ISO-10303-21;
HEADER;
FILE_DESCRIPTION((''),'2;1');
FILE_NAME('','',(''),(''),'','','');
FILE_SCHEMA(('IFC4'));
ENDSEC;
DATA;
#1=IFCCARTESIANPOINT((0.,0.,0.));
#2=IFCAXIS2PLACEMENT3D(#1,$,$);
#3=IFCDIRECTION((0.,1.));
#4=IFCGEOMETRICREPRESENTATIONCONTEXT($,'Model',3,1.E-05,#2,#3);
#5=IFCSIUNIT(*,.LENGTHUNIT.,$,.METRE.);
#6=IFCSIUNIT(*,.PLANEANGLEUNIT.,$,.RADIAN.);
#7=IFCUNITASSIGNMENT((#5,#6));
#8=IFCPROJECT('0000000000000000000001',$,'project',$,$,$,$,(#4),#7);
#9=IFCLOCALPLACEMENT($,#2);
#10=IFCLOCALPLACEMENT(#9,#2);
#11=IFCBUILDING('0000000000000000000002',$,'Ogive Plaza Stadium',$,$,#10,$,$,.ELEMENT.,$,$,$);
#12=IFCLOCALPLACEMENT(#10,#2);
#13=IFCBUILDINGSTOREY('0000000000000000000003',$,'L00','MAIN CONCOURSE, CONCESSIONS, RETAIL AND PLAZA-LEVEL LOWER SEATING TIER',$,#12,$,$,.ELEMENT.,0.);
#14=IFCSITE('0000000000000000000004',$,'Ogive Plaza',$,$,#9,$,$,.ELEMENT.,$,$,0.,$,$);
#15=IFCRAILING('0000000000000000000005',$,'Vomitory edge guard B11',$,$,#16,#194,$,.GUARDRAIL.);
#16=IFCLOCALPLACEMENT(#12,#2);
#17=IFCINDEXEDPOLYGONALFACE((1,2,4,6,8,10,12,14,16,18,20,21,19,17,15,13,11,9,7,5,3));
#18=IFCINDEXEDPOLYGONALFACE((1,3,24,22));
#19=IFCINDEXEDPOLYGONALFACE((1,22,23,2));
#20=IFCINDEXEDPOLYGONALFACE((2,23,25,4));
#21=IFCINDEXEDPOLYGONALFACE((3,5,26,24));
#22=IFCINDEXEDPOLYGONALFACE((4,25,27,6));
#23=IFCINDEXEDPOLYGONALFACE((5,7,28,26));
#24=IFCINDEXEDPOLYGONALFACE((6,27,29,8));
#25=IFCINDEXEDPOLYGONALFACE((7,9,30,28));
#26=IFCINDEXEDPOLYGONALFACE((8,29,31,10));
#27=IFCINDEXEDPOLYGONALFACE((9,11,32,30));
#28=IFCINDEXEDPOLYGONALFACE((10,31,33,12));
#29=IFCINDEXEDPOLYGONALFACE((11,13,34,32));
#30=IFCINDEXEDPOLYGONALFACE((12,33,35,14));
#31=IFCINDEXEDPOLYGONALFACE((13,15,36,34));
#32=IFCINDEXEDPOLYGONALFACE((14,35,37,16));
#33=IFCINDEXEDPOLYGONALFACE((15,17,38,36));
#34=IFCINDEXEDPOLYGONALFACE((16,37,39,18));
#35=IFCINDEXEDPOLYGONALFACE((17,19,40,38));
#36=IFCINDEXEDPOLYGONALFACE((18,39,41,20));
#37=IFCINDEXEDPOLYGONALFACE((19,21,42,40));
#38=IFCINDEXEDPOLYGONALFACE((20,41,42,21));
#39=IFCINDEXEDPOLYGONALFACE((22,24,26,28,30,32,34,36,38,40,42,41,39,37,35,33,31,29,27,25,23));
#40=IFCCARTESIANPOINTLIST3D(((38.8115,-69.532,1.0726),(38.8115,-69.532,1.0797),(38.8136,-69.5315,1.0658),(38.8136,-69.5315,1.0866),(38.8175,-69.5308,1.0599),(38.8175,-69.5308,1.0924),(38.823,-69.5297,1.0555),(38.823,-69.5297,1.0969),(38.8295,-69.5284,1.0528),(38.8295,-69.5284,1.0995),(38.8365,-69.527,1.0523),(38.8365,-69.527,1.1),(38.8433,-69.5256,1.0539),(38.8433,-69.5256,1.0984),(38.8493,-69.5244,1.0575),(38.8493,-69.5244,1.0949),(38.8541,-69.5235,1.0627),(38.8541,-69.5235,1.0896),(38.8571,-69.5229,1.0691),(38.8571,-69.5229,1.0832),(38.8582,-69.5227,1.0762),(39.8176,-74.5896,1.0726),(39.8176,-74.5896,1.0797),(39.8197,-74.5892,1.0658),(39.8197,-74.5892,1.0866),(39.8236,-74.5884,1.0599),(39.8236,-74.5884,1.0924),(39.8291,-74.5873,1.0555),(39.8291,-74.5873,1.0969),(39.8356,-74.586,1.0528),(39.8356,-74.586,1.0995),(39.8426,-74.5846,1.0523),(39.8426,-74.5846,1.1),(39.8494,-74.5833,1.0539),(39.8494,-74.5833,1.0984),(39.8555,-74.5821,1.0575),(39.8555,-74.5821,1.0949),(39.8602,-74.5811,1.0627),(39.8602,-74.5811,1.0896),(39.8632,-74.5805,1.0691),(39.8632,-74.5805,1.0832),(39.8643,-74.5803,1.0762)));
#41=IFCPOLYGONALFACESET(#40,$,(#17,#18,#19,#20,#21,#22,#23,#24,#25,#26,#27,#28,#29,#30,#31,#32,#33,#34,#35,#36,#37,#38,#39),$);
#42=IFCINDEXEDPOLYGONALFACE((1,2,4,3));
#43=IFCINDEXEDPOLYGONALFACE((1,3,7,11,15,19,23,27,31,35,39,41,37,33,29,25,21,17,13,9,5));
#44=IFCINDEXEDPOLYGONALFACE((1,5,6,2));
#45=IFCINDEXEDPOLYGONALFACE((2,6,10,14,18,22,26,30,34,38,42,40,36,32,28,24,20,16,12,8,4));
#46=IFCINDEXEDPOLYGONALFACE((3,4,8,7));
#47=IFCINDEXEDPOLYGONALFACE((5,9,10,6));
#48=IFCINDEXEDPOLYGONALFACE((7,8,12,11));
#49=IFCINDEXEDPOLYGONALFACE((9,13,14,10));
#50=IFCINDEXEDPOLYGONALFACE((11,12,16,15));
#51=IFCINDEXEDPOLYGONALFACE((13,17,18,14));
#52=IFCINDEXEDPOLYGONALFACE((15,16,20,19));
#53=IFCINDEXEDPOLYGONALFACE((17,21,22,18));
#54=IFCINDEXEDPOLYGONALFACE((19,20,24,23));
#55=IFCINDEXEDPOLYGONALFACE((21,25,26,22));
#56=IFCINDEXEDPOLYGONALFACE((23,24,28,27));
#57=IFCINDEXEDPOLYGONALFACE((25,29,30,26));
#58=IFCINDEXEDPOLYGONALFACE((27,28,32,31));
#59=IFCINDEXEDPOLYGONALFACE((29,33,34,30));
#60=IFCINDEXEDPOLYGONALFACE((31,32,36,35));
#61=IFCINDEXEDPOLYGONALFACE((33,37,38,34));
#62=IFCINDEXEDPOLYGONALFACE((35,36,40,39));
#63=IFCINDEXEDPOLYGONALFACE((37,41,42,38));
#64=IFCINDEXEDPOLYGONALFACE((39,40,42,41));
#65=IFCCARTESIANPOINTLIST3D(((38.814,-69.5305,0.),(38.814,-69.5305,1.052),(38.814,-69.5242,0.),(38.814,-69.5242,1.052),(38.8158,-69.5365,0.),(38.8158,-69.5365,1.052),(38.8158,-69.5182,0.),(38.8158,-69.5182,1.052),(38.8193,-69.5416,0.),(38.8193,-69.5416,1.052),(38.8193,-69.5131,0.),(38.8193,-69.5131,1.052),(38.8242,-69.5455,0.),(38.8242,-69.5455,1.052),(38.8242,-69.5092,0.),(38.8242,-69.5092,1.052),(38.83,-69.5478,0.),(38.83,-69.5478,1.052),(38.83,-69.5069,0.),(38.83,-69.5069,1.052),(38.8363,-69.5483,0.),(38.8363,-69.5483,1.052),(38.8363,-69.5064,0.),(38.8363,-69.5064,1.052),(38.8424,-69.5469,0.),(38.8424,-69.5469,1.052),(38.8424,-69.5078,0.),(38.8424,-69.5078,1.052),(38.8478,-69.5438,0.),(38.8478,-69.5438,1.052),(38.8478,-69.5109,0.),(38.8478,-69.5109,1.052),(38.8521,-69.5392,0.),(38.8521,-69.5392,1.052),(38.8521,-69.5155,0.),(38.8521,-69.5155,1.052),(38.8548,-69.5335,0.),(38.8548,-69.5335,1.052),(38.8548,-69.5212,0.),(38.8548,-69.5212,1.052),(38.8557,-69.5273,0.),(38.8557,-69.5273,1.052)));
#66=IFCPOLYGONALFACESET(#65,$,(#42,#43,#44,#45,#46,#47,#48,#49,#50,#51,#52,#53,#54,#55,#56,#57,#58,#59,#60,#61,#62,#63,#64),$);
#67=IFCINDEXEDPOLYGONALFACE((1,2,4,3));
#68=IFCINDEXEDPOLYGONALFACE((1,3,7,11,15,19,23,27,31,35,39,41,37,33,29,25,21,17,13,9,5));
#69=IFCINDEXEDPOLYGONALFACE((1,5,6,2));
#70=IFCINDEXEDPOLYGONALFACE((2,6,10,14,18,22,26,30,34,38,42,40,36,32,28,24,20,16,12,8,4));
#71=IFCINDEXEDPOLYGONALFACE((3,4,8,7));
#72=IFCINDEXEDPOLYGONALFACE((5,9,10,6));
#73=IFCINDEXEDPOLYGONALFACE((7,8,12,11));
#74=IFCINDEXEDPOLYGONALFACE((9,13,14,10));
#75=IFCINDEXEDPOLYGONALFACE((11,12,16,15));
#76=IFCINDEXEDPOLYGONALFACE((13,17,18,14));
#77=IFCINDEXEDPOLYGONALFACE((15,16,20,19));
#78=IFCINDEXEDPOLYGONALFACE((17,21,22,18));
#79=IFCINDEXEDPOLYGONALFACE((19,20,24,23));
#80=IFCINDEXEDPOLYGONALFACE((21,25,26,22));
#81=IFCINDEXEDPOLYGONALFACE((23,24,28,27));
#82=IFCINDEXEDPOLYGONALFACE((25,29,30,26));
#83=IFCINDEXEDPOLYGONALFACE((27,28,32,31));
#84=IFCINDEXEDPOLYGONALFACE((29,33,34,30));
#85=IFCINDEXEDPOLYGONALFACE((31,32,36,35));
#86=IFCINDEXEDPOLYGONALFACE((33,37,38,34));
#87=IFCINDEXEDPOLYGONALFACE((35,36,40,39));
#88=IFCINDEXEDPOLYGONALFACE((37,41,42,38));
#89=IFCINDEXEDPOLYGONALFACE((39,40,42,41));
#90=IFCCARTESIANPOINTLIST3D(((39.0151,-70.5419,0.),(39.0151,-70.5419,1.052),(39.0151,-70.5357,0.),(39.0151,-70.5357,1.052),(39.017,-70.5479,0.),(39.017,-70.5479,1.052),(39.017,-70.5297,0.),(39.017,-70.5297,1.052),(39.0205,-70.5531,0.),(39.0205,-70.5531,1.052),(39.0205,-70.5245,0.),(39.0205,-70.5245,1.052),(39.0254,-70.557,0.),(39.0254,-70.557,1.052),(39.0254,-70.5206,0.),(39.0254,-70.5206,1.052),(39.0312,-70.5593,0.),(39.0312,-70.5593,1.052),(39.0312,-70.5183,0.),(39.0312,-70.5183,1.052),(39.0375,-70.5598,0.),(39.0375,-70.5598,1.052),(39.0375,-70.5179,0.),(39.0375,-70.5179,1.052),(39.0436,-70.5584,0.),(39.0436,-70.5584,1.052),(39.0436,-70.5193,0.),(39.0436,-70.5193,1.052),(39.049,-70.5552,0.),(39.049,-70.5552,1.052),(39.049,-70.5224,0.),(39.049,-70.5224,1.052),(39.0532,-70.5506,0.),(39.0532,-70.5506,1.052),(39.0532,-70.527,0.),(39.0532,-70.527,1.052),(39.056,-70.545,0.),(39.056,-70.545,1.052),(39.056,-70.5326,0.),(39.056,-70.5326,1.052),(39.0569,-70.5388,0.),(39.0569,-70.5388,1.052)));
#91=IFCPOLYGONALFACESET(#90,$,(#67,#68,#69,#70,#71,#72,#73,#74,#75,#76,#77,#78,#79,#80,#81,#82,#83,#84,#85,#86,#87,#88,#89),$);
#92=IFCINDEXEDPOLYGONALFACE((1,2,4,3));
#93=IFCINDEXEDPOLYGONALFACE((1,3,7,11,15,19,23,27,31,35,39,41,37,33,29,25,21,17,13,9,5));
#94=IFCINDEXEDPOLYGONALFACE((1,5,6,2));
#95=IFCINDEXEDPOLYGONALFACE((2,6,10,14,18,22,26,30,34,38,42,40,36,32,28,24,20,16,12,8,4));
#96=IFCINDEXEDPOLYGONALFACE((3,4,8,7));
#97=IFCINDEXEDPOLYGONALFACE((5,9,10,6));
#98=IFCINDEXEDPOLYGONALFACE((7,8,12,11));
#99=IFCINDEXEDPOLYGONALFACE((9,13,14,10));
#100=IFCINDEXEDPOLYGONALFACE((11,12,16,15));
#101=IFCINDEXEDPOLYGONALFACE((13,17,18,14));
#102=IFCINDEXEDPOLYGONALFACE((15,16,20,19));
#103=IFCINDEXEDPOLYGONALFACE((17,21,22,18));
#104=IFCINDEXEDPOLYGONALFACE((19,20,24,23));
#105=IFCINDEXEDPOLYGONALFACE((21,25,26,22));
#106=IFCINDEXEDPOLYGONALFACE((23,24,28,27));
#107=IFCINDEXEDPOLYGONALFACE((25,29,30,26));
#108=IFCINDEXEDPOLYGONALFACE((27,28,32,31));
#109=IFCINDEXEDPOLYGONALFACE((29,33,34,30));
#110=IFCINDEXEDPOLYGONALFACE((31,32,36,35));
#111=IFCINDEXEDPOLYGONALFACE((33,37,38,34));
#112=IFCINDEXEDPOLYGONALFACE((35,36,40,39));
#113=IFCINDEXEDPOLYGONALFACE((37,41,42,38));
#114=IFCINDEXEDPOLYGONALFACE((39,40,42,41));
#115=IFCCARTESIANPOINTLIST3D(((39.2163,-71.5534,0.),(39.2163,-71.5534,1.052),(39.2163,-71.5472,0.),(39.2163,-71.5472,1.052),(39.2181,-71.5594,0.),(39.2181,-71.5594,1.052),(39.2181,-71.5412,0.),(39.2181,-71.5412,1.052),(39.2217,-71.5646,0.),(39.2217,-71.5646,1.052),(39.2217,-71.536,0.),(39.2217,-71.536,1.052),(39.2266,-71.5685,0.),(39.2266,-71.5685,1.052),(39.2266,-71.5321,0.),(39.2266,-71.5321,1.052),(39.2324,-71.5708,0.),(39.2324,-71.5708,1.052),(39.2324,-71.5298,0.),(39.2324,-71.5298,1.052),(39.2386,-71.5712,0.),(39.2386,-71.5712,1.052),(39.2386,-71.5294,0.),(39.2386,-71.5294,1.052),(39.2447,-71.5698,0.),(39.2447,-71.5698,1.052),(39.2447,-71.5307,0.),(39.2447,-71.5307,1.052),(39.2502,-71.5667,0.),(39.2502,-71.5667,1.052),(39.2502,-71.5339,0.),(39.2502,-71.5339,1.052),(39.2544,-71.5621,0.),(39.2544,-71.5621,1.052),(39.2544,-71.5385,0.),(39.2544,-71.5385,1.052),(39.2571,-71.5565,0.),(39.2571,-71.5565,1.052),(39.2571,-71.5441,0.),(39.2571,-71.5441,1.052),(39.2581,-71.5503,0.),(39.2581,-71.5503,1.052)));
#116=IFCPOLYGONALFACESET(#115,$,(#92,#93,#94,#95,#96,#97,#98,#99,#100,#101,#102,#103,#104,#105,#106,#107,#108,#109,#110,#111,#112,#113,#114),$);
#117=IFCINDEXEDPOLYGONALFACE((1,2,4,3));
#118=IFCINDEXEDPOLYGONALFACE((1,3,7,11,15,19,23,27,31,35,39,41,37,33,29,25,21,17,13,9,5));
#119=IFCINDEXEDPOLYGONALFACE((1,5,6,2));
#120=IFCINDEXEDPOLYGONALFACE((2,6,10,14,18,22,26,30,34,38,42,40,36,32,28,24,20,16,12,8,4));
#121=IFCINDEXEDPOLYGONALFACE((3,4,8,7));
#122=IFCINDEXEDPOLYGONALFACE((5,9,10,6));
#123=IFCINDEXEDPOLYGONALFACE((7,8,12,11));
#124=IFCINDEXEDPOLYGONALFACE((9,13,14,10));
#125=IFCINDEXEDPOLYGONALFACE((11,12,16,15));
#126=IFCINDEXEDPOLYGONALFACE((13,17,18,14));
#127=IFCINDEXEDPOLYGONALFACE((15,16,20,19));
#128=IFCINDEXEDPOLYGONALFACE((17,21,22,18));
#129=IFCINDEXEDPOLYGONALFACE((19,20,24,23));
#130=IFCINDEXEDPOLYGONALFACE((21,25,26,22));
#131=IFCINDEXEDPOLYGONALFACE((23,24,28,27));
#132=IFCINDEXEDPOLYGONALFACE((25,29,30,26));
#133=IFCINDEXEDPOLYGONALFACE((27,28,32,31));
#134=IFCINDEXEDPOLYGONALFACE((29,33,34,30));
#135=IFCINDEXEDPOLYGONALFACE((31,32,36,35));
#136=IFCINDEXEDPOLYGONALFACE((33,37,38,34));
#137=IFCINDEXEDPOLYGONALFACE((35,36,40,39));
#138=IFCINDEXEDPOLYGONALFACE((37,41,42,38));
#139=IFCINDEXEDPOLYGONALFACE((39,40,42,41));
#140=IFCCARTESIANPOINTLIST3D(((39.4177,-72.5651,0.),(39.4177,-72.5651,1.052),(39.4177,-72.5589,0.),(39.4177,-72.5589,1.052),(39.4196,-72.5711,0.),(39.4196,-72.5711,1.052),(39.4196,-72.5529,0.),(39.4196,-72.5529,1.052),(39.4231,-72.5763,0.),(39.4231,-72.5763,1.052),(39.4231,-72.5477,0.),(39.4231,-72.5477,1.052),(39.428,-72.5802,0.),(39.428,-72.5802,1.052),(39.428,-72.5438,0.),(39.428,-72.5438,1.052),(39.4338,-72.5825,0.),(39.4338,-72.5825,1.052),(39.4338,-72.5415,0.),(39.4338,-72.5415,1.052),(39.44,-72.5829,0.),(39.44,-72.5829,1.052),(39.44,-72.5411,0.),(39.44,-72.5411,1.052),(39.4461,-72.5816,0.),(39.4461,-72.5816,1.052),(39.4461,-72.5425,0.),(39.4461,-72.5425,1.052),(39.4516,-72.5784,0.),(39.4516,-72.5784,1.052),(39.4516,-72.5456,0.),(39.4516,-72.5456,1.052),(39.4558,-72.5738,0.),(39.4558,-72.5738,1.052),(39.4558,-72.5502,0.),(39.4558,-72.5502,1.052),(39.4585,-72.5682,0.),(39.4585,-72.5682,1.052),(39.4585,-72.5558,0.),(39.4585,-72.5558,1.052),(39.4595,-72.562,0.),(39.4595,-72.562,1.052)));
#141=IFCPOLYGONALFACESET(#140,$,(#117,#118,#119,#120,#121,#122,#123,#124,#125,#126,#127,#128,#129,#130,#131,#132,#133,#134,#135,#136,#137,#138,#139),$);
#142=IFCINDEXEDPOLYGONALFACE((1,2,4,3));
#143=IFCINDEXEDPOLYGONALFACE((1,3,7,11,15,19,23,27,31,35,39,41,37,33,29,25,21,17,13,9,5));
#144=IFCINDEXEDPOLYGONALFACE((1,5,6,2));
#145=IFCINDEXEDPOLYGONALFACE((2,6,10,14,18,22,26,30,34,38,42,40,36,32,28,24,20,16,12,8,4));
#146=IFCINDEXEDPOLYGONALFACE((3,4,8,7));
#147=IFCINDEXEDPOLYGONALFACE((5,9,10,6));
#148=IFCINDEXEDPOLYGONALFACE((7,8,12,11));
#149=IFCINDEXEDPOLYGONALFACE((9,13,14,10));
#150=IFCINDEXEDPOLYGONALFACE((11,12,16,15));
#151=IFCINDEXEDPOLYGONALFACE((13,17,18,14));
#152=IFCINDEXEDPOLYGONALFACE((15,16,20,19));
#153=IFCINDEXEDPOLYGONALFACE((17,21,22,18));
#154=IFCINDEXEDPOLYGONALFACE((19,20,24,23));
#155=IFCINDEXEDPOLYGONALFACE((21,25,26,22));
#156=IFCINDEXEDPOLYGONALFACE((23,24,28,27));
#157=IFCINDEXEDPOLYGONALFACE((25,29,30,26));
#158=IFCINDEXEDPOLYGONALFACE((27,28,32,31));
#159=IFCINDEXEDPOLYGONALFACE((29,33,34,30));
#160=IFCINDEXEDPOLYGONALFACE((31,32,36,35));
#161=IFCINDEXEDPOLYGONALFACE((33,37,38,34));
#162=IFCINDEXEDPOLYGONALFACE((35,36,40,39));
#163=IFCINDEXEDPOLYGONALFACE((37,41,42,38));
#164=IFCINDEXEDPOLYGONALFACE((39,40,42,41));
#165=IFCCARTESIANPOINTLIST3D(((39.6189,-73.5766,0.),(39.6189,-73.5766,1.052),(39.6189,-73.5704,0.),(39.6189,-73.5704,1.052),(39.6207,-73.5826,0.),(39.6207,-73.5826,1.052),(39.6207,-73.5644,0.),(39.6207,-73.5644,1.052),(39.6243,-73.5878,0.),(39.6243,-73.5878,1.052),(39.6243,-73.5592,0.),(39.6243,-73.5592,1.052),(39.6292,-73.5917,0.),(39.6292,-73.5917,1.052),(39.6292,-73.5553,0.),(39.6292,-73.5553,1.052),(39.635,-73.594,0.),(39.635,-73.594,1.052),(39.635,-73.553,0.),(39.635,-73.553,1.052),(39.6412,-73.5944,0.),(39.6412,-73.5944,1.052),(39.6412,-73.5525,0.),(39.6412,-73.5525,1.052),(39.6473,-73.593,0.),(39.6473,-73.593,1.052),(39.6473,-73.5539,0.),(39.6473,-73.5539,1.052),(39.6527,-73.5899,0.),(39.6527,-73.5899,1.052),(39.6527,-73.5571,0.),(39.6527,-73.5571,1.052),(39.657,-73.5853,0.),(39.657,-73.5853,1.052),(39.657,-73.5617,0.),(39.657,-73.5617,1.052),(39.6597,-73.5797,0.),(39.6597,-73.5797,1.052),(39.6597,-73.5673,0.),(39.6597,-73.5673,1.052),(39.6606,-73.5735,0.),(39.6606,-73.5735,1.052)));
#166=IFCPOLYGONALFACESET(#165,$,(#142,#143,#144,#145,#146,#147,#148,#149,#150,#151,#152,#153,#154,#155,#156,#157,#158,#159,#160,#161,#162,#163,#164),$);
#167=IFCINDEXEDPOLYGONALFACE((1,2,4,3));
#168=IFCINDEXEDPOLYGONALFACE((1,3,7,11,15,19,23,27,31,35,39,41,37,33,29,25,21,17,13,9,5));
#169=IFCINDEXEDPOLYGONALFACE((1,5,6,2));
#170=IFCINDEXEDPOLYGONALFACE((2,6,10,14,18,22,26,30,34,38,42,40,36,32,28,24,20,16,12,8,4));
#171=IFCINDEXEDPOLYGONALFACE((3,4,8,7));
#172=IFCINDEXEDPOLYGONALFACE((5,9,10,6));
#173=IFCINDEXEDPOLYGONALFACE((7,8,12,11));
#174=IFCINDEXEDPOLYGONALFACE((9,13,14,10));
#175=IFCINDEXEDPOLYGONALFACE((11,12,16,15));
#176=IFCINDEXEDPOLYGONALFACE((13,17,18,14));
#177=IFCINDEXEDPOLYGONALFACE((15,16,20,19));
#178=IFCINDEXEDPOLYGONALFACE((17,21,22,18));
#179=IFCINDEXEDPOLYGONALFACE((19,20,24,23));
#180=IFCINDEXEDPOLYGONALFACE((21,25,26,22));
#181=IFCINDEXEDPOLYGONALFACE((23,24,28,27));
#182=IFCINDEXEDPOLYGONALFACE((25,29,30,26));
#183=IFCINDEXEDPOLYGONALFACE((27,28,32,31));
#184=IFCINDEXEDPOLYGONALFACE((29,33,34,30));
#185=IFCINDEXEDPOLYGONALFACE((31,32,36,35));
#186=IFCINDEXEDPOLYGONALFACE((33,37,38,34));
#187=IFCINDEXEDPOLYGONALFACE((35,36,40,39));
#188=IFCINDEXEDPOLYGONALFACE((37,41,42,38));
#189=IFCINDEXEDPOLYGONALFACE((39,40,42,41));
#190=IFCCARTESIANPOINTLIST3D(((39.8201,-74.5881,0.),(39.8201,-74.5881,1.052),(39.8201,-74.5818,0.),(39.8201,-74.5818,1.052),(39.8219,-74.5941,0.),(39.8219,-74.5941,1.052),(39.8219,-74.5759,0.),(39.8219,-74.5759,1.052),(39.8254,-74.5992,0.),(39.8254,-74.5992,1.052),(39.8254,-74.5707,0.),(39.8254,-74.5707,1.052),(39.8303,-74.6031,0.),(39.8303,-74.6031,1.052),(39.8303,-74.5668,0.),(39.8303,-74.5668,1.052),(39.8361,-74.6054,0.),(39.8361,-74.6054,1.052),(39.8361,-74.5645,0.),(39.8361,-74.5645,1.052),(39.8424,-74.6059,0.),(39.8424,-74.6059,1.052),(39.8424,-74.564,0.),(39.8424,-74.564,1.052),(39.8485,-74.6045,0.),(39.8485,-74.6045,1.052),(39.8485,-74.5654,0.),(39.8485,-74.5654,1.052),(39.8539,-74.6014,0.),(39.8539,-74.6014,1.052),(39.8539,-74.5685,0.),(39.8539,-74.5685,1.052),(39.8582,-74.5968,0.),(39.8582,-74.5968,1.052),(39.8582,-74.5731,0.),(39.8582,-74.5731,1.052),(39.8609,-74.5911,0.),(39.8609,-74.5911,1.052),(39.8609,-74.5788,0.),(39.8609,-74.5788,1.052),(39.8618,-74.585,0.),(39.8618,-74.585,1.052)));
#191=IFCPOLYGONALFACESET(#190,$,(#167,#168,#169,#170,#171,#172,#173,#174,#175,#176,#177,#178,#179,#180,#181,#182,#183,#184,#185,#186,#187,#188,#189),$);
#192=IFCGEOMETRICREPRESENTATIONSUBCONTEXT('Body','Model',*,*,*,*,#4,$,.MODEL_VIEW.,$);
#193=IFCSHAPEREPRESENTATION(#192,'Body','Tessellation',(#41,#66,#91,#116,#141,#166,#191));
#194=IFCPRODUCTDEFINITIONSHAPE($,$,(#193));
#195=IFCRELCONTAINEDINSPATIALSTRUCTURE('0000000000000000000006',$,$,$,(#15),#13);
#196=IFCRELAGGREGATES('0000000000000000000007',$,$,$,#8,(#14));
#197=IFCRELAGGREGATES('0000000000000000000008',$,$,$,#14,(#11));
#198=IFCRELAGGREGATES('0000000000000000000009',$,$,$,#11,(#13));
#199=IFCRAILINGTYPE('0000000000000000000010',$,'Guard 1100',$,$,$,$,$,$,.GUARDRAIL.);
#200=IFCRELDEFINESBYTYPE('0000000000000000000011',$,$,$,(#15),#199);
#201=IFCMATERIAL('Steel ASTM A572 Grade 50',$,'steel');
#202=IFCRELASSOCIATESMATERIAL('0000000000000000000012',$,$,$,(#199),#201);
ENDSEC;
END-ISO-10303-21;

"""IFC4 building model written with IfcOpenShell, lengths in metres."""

from ifc_helpers import new_model, si_unit, direction, frame, origin, origin_2d, place, context, subcontext, project, spatial, circle, extrude, material, type_object, element, save


model = new_model("IFC4")

# Units and contexts
model_context = context("Model", 3, precision=1e-05, world=origin(), true_north=direction((0.0, 1.0)))
body_context = subcontext(model_context, "Body", "Model", "MODEL_VIEW")
ifc_project = project(units=[si_unit("LENGTHUNIT", "METRE"), si_unit("PLANEANGLEUNIT", "RADIAN")], contexts=[model_context])

# Site, building, storey
site_placement = place(None, origin())
site = spatial("IfcSite", under=ifc_project, at=site_placement, Name="Ogive Plaza", CompositionType="ELEMENT", RefElevation=0.0)
building_placement = place(site_placement, origin())
building = spatial("IfcBuilding", under=site, at=building_placement, Name="Ogive Plaza Stadium", CompositionType="ELEMENT")
storey_placement = place(building_placement, origin())
storey = spatial("IfcBuildingStorey", under=building, at=storey_placement, Name="L00", Description="MAIN CONCOURSE, CONCESSIONS, RETAIL AND PLAZA-LEVEL LOWER SEATING TIER", CompositionType="ELEMENT", Elevation=0.0)

# Railing
ifc_material_1 = material(Name="Steel ASTM A572 Grade 50", Category="steel")
railing_type = type_object("IfcRailingType", Name="Guard 1100", PredefinedType="GUARDRAIL", material=ifc_material_1)
for number, where, name in (
    (1, (38.8347, -69.5273, 0.0), "Vomitory edge guard B11"),
):
    element("IfcRailing", number, at=place(storey_placement, frame(where)), inside=storey, type_object=railing_type, Name=name, PredefinedType="GUARDRAIL", context=body_context, shape_type="SweptSolid", body=[
        extrude(circle(Radius=0.0239, at=origin_2d()), frame((0.0, 0.0, 1.0762), z_axis=(0.195105, -0.980782, 0.0), x_axis=(0.980782, 0.195105, 0.0)), (0.0, 0.0, 1.0), 5.1567),
        extrude(circle(Radius=0.021, at=origin_2d()), origin(), (0.0, 0.0, 1.0), 1.052),
        extrude(circle(Radius=0.021, at=origin_2d()), frame((0.2012, -1.0115, 0.0)), (0.0, 0.0, 1.0), 1.052),
        extrude(circle(Radius=0.021, at=origin_2d()), frame((0.4023, -2.0229, 0.0)), (0.0, 0.0, 1.0), 1.052),
        extrude(circle(Radius=0.021, at=origin_2d()), frame((0.6038, -3.0347, 0.0)), (0.0, 0.0, 1.0), 1.052),
        extrude(circle(Radius=0.021, at=origin_2d()), frame((0.8049, -4.0461, 0.0)), (0.0, 0.0, 1.0), 1.052),
        extrude(circle(Radius=0.021, at=origin_2d()), frame((1.0061, -5.0576, 0.0)), (0.0, 0.0, 1.0), 1.052),
    ])

save(model, "model.ifc")
